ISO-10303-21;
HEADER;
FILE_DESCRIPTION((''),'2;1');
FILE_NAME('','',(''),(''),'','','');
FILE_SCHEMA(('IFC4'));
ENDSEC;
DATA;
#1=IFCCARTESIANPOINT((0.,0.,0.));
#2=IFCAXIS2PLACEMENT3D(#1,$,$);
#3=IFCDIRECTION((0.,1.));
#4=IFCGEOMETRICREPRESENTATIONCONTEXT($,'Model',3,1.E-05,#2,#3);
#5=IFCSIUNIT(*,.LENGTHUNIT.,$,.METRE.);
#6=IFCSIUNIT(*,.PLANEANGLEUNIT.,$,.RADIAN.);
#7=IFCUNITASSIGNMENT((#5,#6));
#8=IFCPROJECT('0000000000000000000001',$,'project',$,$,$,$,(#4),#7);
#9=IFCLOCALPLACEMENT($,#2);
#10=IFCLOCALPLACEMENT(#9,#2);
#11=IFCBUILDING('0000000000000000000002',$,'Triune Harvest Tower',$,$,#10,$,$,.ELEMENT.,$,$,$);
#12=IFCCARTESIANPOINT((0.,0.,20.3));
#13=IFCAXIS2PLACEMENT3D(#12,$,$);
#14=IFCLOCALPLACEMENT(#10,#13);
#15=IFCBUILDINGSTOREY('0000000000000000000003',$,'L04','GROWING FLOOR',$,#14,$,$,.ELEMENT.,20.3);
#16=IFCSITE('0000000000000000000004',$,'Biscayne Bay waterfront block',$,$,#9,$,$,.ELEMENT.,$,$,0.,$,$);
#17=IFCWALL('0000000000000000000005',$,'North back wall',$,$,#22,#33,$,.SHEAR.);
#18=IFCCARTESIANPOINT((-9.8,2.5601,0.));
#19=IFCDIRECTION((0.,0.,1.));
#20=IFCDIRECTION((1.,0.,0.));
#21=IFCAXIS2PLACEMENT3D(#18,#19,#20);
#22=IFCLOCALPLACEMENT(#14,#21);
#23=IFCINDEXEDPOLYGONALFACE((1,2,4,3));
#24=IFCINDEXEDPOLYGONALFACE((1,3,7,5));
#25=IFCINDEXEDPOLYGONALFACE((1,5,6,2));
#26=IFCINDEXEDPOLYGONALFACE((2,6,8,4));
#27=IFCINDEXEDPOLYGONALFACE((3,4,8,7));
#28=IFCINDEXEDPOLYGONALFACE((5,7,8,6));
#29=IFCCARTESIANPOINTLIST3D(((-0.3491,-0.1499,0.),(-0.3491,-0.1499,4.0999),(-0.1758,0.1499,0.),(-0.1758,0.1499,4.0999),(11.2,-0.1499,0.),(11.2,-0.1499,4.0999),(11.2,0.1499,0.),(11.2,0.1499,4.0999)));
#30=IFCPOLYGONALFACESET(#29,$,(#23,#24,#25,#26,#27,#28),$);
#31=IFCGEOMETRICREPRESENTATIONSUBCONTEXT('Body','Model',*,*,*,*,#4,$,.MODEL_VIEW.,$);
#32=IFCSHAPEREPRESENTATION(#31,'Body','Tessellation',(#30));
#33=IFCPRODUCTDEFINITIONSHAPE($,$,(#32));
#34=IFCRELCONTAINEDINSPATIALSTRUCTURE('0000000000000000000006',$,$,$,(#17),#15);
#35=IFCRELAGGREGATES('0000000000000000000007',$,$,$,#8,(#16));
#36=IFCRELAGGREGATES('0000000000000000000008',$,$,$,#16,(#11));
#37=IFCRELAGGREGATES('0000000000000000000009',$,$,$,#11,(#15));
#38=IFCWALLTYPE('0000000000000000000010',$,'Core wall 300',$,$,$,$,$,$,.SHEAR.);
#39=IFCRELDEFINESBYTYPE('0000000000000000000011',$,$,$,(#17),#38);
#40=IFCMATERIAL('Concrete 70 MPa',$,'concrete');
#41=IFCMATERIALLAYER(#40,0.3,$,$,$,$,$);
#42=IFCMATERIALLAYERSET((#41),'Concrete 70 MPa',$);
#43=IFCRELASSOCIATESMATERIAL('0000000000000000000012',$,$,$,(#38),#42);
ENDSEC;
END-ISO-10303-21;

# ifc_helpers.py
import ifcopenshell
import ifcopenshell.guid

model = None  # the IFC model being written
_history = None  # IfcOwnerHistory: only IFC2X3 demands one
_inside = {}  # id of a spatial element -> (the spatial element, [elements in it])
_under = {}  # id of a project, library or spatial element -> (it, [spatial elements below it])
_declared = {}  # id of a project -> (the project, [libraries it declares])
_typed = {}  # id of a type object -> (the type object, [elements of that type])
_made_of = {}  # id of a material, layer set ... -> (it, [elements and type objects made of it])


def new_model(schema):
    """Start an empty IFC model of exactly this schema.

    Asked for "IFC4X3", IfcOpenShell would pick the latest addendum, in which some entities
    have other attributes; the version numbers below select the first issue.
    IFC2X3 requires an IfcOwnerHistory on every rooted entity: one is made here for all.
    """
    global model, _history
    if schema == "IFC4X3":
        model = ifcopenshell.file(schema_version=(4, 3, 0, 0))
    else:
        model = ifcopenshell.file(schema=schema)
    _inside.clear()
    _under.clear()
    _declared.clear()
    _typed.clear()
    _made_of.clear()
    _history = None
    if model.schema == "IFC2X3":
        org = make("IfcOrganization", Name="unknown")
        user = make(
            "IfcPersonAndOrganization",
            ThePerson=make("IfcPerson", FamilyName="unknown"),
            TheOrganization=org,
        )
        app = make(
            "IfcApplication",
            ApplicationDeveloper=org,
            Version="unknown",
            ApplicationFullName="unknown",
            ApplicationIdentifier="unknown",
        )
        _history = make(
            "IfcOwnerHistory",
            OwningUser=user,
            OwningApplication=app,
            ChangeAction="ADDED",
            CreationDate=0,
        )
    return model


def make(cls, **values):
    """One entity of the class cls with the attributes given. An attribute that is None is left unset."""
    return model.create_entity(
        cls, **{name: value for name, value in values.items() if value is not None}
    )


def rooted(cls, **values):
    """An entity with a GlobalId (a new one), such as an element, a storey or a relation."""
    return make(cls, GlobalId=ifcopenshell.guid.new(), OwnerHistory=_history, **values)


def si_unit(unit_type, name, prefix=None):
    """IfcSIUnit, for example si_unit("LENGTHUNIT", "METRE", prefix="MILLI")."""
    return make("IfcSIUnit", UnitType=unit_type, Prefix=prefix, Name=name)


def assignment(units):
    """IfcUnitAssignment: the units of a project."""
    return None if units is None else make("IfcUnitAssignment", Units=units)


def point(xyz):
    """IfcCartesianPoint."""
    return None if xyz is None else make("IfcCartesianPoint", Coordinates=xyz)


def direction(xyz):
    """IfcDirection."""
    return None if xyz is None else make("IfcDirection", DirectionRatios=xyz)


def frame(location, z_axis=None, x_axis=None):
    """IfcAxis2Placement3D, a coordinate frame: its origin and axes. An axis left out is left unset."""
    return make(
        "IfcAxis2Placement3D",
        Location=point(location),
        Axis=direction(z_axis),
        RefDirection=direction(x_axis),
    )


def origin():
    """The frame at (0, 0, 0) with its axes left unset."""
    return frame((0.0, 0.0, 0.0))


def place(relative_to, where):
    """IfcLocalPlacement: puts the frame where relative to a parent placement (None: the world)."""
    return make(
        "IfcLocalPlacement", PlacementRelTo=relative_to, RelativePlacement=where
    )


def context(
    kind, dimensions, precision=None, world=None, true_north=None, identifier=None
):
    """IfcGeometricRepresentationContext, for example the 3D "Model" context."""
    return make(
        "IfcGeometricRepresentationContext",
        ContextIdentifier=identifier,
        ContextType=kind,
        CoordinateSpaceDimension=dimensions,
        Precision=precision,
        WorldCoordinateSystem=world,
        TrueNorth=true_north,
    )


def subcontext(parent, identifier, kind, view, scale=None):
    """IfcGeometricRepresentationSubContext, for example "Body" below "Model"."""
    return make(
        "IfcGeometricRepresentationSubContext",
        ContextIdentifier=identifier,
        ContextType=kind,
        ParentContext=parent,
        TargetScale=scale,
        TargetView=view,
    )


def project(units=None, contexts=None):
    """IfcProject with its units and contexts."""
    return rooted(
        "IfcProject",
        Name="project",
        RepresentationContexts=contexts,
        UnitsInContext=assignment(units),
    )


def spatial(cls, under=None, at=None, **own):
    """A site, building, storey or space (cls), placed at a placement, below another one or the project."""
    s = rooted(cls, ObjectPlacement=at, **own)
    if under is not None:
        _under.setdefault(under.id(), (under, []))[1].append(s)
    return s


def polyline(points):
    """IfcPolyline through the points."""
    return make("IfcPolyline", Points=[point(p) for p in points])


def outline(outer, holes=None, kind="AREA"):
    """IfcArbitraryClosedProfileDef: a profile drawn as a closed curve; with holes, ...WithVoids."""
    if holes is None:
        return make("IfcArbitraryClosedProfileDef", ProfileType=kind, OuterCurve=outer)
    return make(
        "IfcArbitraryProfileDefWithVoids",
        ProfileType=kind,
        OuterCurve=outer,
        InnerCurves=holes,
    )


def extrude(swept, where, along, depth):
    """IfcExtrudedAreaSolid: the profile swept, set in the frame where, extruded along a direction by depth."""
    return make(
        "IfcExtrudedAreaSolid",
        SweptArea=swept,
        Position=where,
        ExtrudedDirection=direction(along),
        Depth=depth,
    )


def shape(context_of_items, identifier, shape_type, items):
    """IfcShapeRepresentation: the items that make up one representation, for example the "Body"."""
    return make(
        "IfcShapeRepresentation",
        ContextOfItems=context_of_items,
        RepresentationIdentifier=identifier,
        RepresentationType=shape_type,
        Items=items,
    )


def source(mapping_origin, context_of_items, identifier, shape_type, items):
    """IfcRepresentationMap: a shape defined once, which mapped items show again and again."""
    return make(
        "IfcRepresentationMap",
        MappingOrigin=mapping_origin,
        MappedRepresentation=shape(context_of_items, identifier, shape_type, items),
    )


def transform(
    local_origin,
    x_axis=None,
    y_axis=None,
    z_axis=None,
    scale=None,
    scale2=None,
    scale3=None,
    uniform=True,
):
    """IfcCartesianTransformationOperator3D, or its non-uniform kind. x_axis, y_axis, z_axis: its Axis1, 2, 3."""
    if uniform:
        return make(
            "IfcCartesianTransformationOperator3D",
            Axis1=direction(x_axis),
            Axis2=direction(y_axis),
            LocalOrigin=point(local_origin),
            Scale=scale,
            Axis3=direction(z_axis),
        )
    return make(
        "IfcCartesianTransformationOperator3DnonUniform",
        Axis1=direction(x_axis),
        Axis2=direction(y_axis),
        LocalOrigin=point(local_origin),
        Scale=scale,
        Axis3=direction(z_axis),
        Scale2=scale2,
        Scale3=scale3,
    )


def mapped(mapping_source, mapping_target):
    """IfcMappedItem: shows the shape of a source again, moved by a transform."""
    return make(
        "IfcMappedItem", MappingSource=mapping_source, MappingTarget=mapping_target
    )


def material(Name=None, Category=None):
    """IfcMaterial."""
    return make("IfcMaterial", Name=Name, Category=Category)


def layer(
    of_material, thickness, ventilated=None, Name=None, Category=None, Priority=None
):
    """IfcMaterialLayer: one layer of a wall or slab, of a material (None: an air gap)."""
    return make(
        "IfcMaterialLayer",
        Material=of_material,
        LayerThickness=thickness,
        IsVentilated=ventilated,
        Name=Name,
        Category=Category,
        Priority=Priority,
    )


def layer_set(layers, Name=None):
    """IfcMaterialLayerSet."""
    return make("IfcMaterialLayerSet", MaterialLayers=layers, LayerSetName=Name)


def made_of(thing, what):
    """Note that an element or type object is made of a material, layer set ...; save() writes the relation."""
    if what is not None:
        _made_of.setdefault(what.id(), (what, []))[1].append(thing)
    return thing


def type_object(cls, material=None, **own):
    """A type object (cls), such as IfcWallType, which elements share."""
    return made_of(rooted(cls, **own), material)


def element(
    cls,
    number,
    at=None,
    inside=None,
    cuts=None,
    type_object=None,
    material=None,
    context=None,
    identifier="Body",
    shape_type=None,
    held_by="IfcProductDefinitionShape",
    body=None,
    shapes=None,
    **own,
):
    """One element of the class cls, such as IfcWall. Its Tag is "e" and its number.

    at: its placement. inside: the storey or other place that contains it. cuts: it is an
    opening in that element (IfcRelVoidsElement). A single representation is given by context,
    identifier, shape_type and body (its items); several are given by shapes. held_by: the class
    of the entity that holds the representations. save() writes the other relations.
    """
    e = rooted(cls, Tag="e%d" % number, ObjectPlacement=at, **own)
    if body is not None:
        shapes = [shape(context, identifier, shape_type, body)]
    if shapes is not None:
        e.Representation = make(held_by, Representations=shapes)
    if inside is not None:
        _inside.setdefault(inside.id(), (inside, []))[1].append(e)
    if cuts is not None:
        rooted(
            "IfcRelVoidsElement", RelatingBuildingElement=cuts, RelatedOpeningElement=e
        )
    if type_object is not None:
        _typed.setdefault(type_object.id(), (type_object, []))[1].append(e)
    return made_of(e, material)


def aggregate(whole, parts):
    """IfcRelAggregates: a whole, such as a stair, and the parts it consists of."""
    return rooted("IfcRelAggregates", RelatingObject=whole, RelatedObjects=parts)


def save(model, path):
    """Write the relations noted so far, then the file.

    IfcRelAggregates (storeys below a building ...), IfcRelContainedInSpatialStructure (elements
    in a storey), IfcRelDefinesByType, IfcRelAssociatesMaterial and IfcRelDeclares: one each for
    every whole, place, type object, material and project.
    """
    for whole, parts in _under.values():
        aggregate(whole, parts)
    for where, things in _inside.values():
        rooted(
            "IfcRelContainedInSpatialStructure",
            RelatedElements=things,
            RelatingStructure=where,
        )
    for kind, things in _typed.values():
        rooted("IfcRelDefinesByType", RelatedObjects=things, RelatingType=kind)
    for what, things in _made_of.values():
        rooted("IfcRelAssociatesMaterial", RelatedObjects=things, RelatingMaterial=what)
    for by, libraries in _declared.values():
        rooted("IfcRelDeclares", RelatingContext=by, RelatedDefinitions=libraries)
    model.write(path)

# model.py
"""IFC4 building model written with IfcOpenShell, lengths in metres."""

from ifc_helpers import new_model, si_unit, direction, frame, origin, place, context, subcontext, project, spatial, polyline, outline, extrude, source, transform, mapped, material, layer, layer_set, type_object, element, save


model = new_model("IFC4")

# Units and contexts
model_context = context("Model", 3, precision=1e-05, world=origin(), true_north=direction((0.0, 1.0)))
body_context = subcontext(model_context, "Body", "Model", "MODEL_VIEW")
ifc_project = project(units=[si_unit("LENGTHUNIT", "METRE"), si_unit("PLANEANGLEUNIT", "RADIAN")], contexts=[model_context])

# Site, building, storey
site_placement = place(None, origin())
site = spatial("IfcSite", under=ifc_project, at=site_placement, Name="Biscayne Bay waterfront block", CompositionType="ELEMENT", RefElevation=0.0)
building_placement = place(site_placement, origin())
building = spatial("IfcBuilding", under=site, at=building_placement, Name="Triune Harvest Tower", CompositionType="ELEMENT")
storey_placement = place(building_placement, frame((0.0, 0.0, 20.3)))
storey = spatial("IfcBuildingStorey", under=building, at=storey_placement, Name="L04", Description="GROWING FLOOR", CompositionType="ELEMENT", Elevation=20.3)

# Shared definitions
ifc_material_1 = material(Name="Concrete 70 MPa", Category="concrete")
ifc_layer = layer(ifc_material_1, 0.3)
ifc_layer_set = layer_set([ifc_layer], Name="Concrete 70 MPa")
wall_type = type_object("IfcWallType", Name="Core wall 300", PredefinedType="SHEAR", material=ifc_layer_set)

# Wall
shared_shape_1 = source(origin(), body_context, "Body", "SweptSolid", [
    extrude(outline(polyline([(11.2, -0.1499), (-0.3491, -0.1499), (-0.1758, 0.1499), (11.2, 0.1499), (11.2, -0.1499)])), origin(), (0.0, 0.0, 1.0), 4.0999),
])
wall_1_placement = place(storey_placement, frame((-9.8, 2.5601, 0.0), z_axis=(0.0, 0.0, 1.0), x_axis=(1.0, 0.0, 0.0)))
element("IfcWall", 1, at=wall_1_placement, inside=storey, type_object=wall_type, Name="North back wall", PredefinedType="SHEAR", context=body_context, shape_type="MappedRepresentation", body=[
    mapped(shared_shape_1, transform((0.0, 0.0, 0.0), scale=1.0)),
])

save(model, "model.ifc")
